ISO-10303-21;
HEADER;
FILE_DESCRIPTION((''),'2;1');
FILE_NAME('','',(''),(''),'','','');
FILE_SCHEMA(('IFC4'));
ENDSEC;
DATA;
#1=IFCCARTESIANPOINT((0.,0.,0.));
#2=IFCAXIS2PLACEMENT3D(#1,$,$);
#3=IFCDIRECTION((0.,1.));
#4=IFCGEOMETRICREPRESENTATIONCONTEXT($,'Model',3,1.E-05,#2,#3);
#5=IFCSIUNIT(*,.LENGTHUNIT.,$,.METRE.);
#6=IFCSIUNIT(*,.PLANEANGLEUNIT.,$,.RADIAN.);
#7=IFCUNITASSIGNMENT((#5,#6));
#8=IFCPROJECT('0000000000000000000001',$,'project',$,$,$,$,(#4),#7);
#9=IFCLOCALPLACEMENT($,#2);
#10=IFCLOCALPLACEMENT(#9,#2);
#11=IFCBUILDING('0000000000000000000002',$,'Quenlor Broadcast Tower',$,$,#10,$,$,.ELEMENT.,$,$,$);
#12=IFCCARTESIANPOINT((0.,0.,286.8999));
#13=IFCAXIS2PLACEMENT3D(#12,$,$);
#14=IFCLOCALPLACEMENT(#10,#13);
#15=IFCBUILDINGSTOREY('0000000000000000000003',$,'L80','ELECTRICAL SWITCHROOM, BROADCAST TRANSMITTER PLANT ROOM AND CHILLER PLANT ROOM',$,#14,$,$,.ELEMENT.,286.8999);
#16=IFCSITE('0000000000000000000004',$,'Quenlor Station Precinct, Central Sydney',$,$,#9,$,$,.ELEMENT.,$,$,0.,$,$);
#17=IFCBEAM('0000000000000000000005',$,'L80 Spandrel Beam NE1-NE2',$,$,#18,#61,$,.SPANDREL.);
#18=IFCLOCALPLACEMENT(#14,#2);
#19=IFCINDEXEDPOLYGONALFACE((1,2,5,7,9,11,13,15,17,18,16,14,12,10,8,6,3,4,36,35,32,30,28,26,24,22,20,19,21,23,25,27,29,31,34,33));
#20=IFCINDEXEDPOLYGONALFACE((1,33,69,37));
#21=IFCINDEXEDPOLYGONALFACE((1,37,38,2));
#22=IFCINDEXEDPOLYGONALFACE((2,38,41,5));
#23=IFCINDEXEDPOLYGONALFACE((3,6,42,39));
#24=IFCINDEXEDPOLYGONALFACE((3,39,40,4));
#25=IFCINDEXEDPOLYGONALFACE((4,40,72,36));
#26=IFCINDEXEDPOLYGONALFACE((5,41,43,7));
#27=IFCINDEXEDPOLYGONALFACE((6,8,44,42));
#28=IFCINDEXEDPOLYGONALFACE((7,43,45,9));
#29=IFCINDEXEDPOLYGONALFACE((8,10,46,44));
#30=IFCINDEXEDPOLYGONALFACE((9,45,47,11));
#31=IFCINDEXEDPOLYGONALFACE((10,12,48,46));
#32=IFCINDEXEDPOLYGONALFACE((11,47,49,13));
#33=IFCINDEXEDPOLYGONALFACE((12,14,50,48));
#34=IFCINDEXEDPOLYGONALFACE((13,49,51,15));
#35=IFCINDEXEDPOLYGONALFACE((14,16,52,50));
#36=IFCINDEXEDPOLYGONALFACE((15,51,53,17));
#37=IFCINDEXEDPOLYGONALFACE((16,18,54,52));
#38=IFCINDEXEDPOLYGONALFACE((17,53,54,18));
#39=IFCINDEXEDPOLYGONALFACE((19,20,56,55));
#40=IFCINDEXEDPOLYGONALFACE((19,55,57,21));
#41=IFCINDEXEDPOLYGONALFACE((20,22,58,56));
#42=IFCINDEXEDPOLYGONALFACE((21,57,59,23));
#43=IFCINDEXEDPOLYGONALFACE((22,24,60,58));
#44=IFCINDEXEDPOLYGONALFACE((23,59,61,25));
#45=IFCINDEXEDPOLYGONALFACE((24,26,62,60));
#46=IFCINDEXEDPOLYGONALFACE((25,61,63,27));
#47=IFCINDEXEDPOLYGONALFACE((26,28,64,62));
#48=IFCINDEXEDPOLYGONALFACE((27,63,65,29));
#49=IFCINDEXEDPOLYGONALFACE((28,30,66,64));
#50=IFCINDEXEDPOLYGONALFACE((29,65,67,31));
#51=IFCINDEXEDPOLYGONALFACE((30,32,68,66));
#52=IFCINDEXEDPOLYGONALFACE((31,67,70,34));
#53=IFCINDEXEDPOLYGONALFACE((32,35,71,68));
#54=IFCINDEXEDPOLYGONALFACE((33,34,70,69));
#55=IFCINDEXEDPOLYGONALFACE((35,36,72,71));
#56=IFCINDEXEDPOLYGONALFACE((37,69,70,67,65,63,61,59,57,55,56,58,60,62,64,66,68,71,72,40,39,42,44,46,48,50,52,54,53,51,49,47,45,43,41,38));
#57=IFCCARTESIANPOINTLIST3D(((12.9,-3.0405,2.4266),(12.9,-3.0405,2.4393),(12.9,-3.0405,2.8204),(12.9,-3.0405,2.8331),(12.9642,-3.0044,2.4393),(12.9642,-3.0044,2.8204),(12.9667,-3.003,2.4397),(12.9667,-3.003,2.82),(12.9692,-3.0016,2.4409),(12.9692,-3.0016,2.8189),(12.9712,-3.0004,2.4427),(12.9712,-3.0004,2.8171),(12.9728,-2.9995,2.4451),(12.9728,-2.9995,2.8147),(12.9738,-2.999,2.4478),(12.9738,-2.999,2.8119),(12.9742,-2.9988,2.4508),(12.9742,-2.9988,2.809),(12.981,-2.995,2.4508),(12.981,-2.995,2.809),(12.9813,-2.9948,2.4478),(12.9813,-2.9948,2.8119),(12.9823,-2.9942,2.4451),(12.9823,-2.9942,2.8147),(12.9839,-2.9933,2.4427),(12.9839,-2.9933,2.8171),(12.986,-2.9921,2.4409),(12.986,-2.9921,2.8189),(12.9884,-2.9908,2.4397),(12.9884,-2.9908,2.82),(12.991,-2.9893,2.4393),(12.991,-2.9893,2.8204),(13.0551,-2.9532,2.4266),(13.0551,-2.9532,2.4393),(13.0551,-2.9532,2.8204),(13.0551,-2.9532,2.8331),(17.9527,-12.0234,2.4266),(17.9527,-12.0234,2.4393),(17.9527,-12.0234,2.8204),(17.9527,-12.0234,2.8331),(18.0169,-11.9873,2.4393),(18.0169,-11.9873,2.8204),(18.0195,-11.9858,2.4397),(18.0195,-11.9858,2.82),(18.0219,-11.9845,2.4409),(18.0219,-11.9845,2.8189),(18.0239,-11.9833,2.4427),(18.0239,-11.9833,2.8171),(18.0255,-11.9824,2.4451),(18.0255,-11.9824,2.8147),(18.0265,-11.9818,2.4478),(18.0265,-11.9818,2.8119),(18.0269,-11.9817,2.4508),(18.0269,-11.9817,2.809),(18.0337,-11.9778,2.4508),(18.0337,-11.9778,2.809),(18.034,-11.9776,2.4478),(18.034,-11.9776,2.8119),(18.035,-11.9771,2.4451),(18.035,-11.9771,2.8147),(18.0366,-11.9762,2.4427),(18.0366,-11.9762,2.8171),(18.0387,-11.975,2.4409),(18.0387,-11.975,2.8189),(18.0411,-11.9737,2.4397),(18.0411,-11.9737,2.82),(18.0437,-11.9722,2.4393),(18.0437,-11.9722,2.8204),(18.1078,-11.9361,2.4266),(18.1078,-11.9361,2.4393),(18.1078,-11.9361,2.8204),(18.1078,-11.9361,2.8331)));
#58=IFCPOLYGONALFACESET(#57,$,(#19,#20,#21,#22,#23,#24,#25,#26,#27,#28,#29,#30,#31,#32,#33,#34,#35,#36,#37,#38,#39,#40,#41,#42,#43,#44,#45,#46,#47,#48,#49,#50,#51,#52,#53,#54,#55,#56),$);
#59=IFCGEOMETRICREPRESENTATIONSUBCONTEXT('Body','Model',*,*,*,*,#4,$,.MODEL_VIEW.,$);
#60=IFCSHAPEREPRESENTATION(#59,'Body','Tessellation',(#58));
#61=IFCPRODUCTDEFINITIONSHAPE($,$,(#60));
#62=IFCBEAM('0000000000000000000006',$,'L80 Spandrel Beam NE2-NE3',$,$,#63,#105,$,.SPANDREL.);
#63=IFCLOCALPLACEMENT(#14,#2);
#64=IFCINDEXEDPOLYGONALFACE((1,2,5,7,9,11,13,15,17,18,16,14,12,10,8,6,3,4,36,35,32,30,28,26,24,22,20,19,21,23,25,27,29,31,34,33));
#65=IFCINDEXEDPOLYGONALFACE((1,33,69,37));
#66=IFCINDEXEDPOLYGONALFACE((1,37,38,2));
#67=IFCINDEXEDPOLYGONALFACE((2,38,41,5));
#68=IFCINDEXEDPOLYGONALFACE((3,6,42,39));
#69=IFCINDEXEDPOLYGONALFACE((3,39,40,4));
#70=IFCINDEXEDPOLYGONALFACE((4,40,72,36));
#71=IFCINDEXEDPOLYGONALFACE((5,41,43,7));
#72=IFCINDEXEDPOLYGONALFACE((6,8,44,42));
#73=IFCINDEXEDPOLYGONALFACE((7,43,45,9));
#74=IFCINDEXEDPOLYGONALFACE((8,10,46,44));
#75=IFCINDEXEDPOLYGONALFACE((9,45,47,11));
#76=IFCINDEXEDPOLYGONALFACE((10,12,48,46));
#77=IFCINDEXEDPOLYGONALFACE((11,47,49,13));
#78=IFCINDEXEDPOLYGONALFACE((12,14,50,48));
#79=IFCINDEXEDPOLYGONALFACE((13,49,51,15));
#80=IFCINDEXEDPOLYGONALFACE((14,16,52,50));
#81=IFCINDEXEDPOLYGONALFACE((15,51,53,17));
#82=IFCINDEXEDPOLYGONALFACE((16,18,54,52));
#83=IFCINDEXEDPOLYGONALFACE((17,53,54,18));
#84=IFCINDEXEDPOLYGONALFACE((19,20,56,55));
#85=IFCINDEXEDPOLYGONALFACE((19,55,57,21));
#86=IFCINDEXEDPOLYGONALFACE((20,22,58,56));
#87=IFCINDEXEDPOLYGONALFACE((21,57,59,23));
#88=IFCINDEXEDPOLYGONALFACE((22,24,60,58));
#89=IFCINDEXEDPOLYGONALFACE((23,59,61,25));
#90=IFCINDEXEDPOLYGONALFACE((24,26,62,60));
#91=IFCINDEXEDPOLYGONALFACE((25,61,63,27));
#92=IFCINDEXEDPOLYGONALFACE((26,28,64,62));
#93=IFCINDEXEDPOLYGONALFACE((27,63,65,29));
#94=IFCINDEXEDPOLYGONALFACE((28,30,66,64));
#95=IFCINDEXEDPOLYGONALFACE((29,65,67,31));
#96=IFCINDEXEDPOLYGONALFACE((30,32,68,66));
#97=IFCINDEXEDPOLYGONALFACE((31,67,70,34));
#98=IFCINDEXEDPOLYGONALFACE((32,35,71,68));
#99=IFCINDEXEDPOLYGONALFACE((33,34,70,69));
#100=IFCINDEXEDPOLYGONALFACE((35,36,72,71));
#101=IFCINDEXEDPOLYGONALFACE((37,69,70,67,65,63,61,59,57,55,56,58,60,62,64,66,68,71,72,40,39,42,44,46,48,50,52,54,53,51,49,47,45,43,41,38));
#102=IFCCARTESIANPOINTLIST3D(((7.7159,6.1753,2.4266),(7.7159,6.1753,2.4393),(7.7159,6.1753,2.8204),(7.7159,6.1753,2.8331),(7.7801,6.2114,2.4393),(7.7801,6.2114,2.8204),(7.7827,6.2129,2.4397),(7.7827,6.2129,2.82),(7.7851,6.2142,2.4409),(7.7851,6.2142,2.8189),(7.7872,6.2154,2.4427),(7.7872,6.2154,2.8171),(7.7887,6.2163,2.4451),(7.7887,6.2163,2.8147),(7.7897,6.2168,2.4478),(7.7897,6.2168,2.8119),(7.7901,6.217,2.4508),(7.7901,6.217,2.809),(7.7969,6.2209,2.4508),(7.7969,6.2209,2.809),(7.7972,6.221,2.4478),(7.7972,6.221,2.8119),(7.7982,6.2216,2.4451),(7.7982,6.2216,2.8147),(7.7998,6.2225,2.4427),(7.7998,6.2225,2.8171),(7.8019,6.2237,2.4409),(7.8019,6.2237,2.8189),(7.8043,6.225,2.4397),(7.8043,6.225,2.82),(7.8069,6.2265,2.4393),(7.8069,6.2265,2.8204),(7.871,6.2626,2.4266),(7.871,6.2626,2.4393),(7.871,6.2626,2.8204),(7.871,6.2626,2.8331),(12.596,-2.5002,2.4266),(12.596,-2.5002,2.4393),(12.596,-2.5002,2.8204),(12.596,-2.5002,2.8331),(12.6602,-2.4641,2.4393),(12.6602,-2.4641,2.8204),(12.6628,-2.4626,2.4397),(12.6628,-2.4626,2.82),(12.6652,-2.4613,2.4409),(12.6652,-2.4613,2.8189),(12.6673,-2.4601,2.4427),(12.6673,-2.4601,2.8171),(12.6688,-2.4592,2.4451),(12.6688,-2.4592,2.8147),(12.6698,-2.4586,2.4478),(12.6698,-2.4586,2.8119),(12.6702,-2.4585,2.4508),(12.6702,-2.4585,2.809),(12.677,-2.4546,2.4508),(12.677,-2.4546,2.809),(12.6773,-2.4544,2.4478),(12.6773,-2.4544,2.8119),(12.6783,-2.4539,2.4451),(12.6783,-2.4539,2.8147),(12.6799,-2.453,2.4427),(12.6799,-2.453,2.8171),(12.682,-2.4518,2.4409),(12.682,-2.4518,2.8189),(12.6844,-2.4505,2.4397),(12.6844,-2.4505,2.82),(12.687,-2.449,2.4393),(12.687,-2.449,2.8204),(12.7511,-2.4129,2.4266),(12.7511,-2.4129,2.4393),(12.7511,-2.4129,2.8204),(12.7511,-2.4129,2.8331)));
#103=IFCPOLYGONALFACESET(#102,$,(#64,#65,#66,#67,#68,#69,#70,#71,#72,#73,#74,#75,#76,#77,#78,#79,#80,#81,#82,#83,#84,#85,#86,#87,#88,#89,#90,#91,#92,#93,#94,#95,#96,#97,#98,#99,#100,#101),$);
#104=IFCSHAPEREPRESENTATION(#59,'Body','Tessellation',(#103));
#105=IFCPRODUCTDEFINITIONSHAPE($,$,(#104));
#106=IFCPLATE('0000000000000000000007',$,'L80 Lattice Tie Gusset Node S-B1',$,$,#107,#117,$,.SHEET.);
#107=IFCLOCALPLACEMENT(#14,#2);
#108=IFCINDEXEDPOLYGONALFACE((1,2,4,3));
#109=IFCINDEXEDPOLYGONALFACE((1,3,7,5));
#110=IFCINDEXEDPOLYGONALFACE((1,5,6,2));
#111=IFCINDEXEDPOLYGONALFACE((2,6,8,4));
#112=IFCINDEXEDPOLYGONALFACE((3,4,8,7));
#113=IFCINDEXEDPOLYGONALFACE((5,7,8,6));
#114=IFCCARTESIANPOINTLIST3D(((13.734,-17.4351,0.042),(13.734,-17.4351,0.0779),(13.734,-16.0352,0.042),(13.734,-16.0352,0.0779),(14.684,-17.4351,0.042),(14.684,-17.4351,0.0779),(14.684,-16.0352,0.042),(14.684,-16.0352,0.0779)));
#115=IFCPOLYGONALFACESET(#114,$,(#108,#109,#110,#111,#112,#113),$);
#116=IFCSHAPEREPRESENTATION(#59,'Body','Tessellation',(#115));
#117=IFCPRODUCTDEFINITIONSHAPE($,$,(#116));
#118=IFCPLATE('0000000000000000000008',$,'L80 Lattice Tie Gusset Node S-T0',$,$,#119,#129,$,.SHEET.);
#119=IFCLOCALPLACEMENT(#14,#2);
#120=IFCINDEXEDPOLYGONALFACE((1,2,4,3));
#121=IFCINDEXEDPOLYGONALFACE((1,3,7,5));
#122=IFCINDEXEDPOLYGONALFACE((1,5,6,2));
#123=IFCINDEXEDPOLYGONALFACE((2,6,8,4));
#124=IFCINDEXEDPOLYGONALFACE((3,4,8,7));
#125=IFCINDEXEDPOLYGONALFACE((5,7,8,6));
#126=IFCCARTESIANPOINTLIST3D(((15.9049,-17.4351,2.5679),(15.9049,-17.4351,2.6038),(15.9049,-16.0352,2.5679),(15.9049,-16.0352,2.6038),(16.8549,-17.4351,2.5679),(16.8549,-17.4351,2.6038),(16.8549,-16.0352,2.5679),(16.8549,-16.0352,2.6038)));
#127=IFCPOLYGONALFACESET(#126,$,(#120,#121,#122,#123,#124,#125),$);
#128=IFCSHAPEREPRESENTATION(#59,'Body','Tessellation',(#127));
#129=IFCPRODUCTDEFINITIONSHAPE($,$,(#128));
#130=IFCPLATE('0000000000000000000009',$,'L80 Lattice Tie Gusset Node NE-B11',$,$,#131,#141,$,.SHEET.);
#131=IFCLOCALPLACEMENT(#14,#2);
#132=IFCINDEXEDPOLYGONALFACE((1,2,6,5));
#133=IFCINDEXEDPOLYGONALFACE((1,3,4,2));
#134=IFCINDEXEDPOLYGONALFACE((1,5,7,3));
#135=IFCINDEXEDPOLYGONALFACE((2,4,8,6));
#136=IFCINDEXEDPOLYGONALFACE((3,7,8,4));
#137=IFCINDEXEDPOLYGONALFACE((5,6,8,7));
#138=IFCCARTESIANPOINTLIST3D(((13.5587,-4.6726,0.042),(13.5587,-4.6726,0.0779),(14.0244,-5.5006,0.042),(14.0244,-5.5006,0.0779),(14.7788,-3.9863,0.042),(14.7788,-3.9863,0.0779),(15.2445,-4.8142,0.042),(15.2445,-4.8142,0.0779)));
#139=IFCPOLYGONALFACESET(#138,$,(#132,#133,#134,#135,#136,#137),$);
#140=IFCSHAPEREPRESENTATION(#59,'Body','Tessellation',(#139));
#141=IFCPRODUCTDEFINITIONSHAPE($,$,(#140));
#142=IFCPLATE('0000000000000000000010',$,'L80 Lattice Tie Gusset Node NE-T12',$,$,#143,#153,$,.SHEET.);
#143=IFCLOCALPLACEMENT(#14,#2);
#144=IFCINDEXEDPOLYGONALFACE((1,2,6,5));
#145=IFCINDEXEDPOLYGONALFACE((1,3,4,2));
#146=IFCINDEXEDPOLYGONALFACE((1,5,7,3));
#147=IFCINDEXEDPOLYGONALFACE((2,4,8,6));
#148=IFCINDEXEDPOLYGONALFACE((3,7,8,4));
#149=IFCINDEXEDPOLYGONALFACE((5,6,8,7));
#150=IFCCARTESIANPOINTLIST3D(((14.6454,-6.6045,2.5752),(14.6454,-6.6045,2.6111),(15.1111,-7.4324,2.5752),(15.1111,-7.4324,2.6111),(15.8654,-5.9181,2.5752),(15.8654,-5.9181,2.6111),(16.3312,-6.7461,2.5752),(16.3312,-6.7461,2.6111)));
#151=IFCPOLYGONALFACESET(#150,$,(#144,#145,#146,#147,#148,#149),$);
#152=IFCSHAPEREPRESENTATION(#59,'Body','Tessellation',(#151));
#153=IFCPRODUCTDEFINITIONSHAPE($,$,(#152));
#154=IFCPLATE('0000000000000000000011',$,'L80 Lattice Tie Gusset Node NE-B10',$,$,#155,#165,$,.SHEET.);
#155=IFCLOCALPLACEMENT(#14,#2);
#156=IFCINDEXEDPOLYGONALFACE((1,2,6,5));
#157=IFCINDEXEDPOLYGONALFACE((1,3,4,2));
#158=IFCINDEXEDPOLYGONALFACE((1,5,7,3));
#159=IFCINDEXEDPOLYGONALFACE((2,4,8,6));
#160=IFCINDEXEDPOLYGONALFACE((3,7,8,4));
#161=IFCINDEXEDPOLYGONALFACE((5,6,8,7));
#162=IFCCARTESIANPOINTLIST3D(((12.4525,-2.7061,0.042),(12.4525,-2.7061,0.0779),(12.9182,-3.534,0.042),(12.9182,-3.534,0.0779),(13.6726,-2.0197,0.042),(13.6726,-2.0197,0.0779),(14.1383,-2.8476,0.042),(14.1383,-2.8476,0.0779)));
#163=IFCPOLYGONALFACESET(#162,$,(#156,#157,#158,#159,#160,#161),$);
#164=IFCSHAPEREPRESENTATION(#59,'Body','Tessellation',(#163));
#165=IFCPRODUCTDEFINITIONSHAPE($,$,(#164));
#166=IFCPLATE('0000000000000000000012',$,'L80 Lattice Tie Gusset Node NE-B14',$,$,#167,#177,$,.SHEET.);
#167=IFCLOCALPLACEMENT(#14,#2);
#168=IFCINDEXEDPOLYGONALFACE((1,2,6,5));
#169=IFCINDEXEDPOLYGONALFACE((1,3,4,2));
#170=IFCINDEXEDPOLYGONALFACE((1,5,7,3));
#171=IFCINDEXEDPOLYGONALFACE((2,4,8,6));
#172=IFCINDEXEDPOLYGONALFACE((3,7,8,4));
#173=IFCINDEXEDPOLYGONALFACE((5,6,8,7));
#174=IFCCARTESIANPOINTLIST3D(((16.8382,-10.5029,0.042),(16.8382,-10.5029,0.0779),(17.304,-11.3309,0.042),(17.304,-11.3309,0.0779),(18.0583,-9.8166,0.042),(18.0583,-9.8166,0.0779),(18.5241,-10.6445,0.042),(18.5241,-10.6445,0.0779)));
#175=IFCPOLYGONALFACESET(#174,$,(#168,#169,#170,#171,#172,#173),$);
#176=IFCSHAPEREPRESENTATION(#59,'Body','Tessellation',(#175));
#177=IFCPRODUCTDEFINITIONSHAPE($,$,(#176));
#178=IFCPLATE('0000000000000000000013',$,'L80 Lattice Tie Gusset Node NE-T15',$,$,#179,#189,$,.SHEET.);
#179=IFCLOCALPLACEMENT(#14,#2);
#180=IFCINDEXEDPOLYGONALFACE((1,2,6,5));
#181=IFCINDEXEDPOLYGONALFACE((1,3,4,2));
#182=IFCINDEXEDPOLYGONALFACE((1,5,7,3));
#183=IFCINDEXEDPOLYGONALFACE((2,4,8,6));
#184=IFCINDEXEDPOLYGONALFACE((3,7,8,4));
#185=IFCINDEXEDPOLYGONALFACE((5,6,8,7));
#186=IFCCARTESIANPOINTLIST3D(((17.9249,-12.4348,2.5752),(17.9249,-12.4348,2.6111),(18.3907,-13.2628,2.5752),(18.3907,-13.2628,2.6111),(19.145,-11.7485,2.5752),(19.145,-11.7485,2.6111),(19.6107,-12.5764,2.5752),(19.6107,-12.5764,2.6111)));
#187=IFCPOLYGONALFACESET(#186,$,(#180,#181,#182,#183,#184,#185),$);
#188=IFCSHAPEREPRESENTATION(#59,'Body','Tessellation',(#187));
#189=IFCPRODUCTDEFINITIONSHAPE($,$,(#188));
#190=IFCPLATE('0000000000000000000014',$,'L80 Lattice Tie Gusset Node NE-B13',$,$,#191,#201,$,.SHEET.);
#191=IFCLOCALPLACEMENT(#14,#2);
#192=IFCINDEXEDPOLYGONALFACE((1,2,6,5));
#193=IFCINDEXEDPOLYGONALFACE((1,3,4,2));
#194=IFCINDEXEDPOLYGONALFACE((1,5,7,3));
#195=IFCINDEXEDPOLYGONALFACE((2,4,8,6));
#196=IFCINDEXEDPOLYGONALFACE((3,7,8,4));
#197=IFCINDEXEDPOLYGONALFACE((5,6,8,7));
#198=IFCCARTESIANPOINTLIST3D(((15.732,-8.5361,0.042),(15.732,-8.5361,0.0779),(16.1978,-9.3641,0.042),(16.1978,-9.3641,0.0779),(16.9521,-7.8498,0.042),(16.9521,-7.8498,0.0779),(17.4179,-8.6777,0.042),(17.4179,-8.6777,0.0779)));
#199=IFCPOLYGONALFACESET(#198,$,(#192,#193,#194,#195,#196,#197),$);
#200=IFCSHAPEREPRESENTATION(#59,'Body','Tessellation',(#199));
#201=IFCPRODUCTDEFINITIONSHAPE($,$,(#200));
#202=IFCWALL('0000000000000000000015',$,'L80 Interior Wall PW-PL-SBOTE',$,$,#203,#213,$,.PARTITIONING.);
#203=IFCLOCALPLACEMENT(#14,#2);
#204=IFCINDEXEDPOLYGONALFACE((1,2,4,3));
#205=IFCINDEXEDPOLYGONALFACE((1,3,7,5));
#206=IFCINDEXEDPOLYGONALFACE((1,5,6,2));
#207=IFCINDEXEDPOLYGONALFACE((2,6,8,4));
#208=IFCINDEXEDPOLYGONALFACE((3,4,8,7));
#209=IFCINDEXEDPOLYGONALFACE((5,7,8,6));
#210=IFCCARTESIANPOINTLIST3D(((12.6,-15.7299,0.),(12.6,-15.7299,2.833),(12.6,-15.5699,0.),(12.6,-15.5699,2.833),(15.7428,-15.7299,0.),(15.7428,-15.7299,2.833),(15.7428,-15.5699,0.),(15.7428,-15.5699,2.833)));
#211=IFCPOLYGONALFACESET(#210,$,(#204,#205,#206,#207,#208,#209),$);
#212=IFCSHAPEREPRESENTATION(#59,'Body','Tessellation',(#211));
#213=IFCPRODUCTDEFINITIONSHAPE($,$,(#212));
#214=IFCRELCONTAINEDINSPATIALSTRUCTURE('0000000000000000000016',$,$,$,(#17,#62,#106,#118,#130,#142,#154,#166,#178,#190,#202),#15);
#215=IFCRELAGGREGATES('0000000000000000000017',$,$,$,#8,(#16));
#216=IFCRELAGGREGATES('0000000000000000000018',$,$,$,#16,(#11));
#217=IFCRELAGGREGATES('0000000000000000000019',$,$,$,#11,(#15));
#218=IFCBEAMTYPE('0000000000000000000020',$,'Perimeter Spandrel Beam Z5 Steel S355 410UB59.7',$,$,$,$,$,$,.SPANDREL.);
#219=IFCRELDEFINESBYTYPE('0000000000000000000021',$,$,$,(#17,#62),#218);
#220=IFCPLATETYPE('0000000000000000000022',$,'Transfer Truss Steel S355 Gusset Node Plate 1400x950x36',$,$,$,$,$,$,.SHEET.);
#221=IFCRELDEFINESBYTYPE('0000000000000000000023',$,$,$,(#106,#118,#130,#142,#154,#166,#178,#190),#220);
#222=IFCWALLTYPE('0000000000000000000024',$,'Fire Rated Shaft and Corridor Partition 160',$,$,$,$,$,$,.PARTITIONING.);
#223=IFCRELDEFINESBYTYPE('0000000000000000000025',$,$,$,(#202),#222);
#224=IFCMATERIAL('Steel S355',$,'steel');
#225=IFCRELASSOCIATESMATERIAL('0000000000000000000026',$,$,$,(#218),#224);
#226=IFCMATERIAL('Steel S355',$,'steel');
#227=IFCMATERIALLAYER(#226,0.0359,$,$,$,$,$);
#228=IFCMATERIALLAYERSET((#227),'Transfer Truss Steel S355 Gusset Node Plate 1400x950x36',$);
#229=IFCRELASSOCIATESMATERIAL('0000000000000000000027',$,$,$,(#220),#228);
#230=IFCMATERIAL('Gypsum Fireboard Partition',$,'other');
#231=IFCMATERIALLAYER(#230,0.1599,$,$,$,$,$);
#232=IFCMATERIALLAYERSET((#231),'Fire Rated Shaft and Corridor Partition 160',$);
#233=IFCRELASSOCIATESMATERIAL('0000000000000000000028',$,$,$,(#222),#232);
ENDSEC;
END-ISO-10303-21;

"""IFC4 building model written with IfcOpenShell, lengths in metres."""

from ifc_helpers import new_model, si_unit, direction, frame, frame_2d, origin, origin_2d, place, context, subcontext, project, spatial, rectangle, i_section, extrude, material, layer, layer_set, material_profile, profile_set, type_object, element, save


model = new_model("IFC4")

# Units and contexts
model_context = context("Model", 3, precision=1e-05, world=origin(), true_north=direction((0.0, 1.0)))
body_context = subcontext(model_context, "Body", "Model", "MODEL_VIEW")
ifc_project = project(units=[si_unit("LENGTHUNIT", "METRE"), si_unit("PLANEANGLEUNIT", "RADIAN")], contexts=[model_context])

# Site, building, storey
site_placement = place(None, origin())
site = spatial("IfcSite", under=ifc_project, at=site_placement, Name="Quenlor Station Precinct, Central Sydney", CompositionType="ELEMENT", RefElevation=0.0)
building_placement = place(site_placement, origin())
building = spatial("IfcBuilding", under=site, at=building_placement, Name="Quenlor Broadcast Tower", CompositionType="ELEMENT")
storey_placement = place(building_placement, frame((0.0, 0.0, 286.8999)))
storey = spatial("IfcBuildingStorey", under=building, at=storey_placement, Name="L80", Description="ELECTRICAL SWITCHROOM, BROADCAST TRANSMITTER PLANT ROOM AND CHILLER PLANT ROOM", CompositionType="ELEMENT", Elevation=286.8999)

# Beams
ifc_material_1 = material(Name="Steel S355", Category="steel")
ifc_material_profile_1 = material_profile(ifc_material_1, i_section(OverallWidth=0.178, OverallDepth=0.4065, WebThickness=0.0078, FlangeThickness=0.0127, FilletRadius=0.0115, at=origin_2d()))
ifc_profile_set_1 = profile_set([ifc_material_profile_1], Name="Steel S355 410UB59.7")
beam_type_1 = type_object("IfcBeamType", Name="Perimeter Spandrel Beam Z5 Steel S355 410UB59.7", PredefinedType="SPANDREL", material=ifc_profile_set_1)
beam_1_placement = place(storey_placement, frame((18.0303, -11.9797, 2.6299), z_axis=(-0.49025, 0.871582, 0.0), x_axis=(-0.871582, -0.49025, 0.0)))
element("IfcBeam", 1, at=beam_1_placement, inside=storey, type_object=beam_type_1, Name="L80 Spandrel Beam NE1-NE2", PredefinedType="SPANDREL", context=body_context, shape_type="SweptSolid", body=[
    extrude(i_section(OverallWidth=0.178, OverallDepth=0.4065, WebThickness=0.0078, FlangeThickness=0.0127, FilletRadius=0.0115, at=origin_2d()), origin(), (0.0, 0.0, 1.0), 10.3064),
])
beam_2_placement = place(storey_placement, frame((12.6736, -2.4565, 2.6299), z_axis=(-0.490272, 0.87157, 0.0), x_axis=(-0.87157, -0.490272, 0.0)))
element("IfcBeam", 2, at=beam_2_placement, inside=storey, type_object=beam_type_1, Name="L80 Spandrel Beam NE2-NE3", PredefinedType="SPANDREL", context=body_context, shape_type="SweptSolid", body=[
    extrude(i_section(OverallWidth=0.178, OverallDepth=0.4065, WebThickness=0.0078, FlangeThickness=0.0127, FilletRadius=0.0115, at=origin_2d()), origin(), (0.0, 0.0, 1.0), 9.9539),
])

# Plates
ifc_material_2 = material(Name="Steel S355", Category="steel")
ifc_layer_1 = layer(ifc_material_2, 0.0359)
ifc_layer_set_1 = layer_set([ifc_layer_1], Name="Transfer Truss Steel S355 Gusset Node Plate 1400x950x36")
plate_type = type_object("IfcPlateType", Name="Transfer Truss Steel S355 Gusset Node Plate 1400x950x36", PredefinedType="SHEET", material=ifc_layer_set_1)
for number, where, z_axis, x_axis, name in (
    (3, (14.209, -16.7351, 0.042), (0.0, 0.0, 1.0), (0.0, -1.0, 0.0), "L80 Lattice Tie Gusset Node S-B1"),
    (4, (16.3799, -16.7351, 2.5679), (0.0, 0.0, 1.0), (0.0, -1.0, 0.0), "L80 Lattice Tie Gusset Node S-T0"),
    (5, (14.4016, -4.7434, 0.042), (0.0, 0.0, 1.0), (0.871556, 0.490295, 0.0), "L80 Lattice Tie Gusset Node NE-B11"),
    (6, (15.4883, -6.6753, 2.5752), (0.0, 0.0, 1.0), (0.871556, 0.490295, 0.0), "L80 Lattice Tie Gusset Node NE-T12"),
    (7, (13.2954, -2.7769, 0.042), (0.0, 0.0, 1.0), (0.871556, 0.490295, 0.0), "L80 Lattice Tie Gusset Node NE-B10"),
    (8, (17.6812, -10.5737, 0.042), (0.0, 0.0, 1.0), (0.871556, 0.490295, 0.0), "L80 Lattice Tie Gusset Node NE-B14"),
    (9, (18.7678, -12.5056, 2.5752), (0.0, 0.0, 1.0), (0.871556, 0.490295, 0.0), "L80 Lattice Tie Gusset Node NE-T15"),
    (10, (16.575, -8.6069, 0.042), (0.0, 0.0, 1.0), (0.871556, 0.490295, 0.0), "L80 Lattice Tie Gusset Node NE-B13"),
):
    element("IfcPlate", number, at=place(storey_placement, frame(where, z_axis=z_axis, x_axis=x_axis)), inside=storey, type_object=plate_type, Name=name, PredefinedType="SHEET", context=body_context, shape_type="SweptSolid", body=[
        extrude(rectangle(XDim=1.3999, YDim=0.95, at=origin_2d()), origin(), (0.0, 0.0, 1.0), 0.0359),
    ])

# Wall
ifc_material_3 = material(Name="Gypsum Fireboard Partition", Category="other")
ifc_layer_2 = layer(ifc_material_3, 0.1599)
ifc_layer_set_2 = layer_set([ifc_layer_2], Name="Fire Rated Shaft and Corridor Partition 160")
wall_type_1 = type_object("IfcWallType", Name="Fire Rated Shaft and Corridor Partition 160", PredefinedType="PARTITIONING", material=ifc_layer_set_2)
wall_1_placement = place(storey_placement, frame((12.6001, -15.6499, 0.0), z_axis=(0.0, 0.0, 1.0), x_axis=(1.0, 0.0, 0.0)))
element("IfcWall", 11, at=wall_1_placement, inside=storey, type_object=wall_type_1, Name="L80 Interior Wall PW-PL-SBOTE", PredefinedType="PARTITIONING", context=body_context, shape_type="SweptSolid", body=[
    extrude(rectangle(XDim=3.1428, YDim=0.1599, at=frame_2d((1.5713, 0.0))), origin(), (0.0, 0.0, 1.0), 2.833),
])

save(model, "model.ifc")
